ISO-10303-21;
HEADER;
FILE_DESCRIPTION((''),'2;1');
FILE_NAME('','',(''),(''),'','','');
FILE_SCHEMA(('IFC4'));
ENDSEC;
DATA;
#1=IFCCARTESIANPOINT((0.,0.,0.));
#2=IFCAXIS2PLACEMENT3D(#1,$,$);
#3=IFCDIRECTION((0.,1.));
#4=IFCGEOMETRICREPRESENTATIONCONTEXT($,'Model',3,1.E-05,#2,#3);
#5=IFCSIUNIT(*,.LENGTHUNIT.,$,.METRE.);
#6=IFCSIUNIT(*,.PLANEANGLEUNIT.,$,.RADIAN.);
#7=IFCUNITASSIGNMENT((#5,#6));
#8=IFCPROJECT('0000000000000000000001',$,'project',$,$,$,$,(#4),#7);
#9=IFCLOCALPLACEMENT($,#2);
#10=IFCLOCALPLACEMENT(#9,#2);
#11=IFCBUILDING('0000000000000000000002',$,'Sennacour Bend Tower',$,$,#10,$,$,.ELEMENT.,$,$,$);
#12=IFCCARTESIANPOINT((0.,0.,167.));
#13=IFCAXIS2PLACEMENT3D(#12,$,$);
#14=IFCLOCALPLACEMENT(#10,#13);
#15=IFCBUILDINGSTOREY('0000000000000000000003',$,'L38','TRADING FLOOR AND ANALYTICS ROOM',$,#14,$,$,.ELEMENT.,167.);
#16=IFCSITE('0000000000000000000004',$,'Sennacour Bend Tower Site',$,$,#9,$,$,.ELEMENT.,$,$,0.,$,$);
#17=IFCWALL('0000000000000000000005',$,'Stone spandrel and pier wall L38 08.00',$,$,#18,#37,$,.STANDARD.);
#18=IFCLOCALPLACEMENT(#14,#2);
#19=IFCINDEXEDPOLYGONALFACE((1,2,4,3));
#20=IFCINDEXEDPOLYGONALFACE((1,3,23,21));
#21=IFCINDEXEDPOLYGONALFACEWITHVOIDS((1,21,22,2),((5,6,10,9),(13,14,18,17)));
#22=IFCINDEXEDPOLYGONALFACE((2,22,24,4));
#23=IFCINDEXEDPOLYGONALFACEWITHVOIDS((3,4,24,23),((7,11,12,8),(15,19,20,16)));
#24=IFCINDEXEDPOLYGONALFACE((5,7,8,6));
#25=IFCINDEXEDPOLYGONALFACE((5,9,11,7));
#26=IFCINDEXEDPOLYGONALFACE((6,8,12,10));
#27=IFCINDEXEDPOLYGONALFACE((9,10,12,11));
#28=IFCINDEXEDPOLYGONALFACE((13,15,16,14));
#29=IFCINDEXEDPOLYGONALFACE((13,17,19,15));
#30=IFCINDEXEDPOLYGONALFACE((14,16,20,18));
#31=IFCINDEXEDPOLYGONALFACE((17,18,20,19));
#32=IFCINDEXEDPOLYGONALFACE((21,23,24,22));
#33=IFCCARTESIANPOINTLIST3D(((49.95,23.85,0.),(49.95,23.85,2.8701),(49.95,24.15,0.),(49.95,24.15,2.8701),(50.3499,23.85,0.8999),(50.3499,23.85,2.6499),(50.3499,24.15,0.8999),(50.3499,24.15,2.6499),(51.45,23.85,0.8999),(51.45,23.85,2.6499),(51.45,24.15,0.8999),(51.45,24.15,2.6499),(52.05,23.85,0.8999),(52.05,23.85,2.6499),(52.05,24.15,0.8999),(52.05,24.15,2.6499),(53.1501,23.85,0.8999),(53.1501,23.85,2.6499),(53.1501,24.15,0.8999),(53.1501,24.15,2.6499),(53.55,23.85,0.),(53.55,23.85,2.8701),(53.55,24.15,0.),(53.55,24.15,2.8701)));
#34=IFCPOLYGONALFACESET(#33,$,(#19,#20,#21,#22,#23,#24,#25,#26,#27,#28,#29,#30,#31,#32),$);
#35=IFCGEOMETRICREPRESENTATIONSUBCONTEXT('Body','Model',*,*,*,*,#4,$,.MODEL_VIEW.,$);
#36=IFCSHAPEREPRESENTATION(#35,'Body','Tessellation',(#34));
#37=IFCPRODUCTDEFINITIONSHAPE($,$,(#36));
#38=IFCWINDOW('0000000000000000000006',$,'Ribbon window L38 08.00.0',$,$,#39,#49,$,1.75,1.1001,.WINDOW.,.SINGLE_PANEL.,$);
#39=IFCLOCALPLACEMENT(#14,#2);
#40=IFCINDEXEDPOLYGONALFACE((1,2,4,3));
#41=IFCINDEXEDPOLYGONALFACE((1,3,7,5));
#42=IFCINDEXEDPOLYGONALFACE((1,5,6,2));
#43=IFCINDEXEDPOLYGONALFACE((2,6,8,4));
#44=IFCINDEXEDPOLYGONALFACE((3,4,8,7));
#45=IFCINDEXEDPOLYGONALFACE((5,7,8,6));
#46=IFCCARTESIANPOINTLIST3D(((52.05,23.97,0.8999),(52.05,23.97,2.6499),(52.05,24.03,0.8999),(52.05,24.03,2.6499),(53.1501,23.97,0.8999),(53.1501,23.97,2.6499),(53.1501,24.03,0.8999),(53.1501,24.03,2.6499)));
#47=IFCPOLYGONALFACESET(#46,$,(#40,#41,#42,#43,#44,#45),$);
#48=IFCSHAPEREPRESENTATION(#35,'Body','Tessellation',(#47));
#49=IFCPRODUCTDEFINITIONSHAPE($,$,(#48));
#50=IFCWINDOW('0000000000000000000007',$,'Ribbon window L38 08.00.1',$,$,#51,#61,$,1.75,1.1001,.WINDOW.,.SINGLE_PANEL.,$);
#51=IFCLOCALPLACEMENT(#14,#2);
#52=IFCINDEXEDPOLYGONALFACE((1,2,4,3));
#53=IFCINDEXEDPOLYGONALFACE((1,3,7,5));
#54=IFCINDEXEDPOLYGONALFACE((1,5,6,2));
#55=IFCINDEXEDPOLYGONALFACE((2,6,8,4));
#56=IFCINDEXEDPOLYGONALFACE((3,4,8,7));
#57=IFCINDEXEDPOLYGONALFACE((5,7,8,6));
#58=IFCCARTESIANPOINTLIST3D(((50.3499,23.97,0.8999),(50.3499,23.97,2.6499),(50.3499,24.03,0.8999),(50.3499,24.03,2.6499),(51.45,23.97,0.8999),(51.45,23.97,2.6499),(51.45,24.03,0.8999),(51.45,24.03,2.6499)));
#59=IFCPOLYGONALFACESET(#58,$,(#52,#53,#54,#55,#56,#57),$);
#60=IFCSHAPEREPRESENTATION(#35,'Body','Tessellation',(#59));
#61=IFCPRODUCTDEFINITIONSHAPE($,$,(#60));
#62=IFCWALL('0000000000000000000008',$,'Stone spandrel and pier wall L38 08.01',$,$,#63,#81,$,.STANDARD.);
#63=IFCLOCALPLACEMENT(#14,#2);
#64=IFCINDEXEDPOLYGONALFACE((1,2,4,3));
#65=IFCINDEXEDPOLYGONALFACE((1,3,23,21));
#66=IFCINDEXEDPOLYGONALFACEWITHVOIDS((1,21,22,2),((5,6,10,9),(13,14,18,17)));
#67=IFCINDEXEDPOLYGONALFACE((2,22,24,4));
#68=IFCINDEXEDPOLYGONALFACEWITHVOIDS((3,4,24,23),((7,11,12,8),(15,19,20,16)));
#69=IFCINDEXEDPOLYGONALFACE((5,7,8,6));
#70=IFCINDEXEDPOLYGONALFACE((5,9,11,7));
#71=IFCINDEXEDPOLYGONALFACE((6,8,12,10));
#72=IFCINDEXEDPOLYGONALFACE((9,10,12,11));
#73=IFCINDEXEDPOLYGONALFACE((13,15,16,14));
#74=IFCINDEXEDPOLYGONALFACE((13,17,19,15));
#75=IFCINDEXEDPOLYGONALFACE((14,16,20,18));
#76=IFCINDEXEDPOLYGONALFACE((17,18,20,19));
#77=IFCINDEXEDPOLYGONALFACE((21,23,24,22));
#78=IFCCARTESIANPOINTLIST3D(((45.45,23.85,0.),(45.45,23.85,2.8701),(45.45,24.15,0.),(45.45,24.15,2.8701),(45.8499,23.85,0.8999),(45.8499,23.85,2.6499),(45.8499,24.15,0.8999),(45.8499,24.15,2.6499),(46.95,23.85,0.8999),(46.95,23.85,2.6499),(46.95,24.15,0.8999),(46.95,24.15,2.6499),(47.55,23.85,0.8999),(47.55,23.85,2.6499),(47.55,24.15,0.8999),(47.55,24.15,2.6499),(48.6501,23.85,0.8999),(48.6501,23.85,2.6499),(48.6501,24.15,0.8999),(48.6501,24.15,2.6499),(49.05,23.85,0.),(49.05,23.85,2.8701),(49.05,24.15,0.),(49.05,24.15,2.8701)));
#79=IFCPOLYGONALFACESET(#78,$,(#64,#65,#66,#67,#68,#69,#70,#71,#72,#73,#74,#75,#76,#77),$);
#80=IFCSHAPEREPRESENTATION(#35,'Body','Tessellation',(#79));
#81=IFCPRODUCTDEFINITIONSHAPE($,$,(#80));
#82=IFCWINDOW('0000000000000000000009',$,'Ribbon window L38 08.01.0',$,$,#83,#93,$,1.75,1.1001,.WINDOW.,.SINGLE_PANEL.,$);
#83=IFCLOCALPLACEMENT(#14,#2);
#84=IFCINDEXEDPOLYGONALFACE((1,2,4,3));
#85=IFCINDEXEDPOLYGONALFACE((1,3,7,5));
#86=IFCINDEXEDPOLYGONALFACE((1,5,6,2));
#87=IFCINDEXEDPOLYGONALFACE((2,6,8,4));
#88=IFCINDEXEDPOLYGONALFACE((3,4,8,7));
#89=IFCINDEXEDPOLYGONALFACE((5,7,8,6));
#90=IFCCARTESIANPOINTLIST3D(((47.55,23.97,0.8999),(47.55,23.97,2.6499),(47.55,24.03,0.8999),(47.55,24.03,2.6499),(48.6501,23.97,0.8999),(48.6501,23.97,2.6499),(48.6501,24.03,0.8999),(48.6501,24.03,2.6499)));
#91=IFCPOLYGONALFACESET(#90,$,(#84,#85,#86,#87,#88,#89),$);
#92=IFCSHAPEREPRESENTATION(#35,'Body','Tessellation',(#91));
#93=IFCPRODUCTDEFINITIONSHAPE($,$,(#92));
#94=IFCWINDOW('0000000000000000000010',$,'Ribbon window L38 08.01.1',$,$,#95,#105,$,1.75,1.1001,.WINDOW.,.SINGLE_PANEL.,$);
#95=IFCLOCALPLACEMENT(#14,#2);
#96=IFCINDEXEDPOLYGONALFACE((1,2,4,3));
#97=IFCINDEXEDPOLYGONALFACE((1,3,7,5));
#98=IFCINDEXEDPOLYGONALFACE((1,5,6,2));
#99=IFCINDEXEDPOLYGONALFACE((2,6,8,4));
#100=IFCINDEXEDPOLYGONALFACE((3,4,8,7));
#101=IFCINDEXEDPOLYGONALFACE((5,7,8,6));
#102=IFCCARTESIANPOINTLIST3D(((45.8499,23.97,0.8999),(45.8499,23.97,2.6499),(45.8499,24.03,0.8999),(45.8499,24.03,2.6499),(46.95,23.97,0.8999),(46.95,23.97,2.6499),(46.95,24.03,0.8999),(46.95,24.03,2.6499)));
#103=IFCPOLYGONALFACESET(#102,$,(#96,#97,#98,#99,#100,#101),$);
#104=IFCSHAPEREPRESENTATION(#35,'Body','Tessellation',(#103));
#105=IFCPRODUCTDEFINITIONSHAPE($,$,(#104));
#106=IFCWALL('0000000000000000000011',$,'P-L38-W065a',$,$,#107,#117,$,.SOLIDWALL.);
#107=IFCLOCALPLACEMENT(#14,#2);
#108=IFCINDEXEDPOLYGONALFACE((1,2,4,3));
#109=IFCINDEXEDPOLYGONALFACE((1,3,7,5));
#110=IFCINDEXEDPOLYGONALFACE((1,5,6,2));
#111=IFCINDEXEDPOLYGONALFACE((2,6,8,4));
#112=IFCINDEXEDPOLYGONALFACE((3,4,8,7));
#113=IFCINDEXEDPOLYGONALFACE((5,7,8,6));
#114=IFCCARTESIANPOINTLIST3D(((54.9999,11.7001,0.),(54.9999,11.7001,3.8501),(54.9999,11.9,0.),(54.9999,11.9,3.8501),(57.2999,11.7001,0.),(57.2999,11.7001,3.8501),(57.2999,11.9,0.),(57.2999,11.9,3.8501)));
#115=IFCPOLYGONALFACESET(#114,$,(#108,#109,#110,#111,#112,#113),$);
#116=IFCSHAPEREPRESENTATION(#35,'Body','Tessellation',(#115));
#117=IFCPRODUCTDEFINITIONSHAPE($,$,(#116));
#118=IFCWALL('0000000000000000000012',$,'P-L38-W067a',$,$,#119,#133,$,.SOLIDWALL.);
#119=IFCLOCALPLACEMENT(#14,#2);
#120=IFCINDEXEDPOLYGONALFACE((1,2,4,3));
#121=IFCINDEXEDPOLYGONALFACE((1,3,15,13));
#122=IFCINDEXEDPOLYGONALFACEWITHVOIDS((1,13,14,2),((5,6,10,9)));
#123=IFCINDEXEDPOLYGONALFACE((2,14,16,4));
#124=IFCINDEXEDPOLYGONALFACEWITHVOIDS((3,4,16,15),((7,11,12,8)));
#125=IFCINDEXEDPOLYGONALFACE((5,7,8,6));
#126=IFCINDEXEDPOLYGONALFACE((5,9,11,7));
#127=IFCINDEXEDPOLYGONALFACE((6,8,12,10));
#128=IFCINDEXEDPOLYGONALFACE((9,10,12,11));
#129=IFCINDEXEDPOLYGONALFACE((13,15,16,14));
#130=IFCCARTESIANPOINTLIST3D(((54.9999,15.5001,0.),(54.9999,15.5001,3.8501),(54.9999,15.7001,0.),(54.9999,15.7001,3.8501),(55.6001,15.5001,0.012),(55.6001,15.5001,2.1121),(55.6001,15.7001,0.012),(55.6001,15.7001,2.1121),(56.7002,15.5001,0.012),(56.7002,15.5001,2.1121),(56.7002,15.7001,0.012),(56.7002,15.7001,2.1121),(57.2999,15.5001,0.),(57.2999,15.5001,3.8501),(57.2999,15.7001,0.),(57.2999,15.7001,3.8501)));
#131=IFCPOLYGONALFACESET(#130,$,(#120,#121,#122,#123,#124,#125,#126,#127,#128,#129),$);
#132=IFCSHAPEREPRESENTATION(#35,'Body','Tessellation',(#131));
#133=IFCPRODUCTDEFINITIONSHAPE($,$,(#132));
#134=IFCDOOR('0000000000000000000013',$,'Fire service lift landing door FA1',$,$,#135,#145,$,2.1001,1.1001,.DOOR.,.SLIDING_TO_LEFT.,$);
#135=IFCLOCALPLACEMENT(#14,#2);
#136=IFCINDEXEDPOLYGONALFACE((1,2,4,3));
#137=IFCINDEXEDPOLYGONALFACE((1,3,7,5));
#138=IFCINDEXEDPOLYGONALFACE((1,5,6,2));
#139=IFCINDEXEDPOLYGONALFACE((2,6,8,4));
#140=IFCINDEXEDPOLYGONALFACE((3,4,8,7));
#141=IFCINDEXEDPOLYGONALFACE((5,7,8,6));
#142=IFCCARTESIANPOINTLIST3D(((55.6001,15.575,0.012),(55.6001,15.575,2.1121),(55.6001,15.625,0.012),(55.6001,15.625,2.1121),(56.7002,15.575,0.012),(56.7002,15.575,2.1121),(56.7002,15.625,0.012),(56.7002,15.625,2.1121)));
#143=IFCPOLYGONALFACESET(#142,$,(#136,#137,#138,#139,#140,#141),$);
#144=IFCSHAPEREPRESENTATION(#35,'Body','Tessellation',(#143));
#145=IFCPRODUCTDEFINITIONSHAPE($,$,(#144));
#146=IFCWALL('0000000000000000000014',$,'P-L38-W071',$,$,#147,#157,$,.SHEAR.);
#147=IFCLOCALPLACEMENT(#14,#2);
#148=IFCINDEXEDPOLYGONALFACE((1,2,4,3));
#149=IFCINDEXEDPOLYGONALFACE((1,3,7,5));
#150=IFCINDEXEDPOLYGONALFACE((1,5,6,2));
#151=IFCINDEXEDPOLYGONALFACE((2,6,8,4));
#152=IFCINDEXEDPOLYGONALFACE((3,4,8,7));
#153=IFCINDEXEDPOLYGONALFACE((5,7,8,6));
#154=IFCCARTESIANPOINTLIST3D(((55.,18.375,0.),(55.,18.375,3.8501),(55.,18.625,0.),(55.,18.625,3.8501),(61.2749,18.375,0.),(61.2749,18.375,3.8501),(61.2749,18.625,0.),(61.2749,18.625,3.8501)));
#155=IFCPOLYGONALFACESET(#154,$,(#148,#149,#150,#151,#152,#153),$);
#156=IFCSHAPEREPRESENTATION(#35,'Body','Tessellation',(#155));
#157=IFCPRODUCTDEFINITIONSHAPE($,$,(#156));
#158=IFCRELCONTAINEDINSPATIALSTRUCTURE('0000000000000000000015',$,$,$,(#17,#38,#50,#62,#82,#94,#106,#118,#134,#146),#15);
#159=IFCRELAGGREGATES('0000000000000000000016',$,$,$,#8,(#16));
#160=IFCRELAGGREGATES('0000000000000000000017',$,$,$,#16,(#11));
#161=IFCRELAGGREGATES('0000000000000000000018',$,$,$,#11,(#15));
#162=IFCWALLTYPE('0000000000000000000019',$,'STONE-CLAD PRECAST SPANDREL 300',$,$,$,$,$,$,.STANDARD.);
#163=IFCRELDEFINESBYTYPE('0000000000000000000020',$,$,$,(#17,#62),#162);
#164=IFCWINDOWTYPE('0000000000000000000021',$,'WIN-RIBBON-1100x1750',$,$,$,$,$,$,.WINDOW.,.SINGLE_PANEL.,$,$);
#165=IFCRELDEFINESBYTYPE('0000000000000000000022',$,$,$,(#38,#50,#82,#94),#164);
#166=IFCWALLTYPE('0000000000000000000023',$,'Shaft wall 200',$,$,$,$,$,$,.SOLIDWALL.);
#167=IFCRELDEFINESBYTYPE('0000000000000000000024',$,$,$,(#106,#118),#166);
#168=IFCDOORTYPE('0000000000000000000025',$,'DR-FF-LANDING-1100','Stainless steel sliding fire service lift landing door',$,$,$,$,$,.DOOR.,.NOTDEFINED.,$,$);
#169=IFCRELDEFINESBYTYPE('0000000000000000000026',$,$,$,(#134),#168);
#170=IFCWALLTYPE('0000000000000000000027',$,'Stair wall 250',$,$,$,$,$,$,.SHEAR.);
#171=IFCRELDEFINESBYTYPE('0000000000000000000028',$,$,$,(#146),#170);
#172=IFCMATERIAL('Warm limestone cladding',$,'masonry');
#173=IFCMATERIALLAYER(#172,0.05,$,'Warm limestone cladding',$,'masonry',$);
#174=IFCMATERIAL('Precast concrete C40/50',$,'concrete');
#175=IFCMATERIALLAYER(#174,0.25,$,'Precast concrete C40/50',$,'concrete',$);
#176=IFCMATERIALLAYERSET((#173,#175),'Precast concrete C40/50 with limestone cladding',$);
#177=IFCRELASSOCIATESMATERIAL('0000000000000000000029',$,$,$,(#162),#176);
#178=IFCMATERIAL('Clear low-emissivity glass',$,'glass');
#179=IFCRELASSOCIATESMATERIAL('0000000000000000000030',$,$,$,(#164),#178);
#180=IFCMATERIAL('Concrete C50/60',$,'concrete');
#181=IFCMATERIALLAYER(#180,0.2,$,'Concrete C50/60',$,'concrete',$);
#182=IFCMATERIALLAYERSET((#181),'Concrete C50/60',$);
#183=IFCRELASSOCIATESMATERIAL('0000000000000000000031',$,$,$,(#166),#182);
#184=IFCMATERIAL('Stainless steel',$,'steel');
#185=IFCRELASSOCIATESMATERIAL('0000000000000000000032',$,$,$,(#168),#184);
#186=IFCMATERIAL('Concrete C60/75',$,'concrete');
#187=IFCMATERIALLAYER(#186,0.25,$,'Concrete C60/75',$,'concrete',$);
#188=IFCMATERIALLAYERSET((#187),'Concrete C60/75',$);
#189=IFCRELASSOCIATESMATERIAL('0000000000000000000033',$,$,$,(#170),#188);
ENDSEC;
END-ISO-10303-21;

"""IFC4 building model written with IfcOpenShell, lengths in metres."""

from ifc_helpers import new_model, si_unit, direction, frame, frame_2d, origin, place, context, subcontext, project, spatial, rectangle, extrude, material, layer, layer_set, type_object, element, fill, save


model = new_model("IFC4")

# Units and contexts
model_context = context("Model", 3, precision=1e-05, world=origin(), true_north=direction((0.0, 1.0)))
body_context = subcontext(model_context, "Body", "Model", "MODEL_VIEW")
ifc_project = project(units=[si_unit("LENGTHUNIT", "METRE"), si_unit("PLANEANGLEUNIT", "RADIAN")], contexts=[model_context])

# Site, building, storey
site_placement = place(None, origin())
site = spatial("IfcSite", under=ifc_project, at=site_placement, Name="Sennacour Bend Tower Site", CompositionType="ELEMENT", RefElevation=0.0)
building_placement = place(site_placement, origin())
building = spatial("IfcBuilding", under=site, at=building_placement, Name="Sennacour Bend Tower", CompositionType="ELEMENT")
storey_placement = place(building_placement, frame((0.0, 0.0, 167.0)))
storey = spatial("IfcBuildingStorey", under=building, at=storey_placement, Name="L38", Description="TRADING FLOOR AND ANALYTICS ROOM", CompositionType="ELEMENT", Elevation=167.0)

# Shared definitions
ifc_material_1 = material(Name="Concrete C60/75", Category="concrete")

# Shared definitions
ifc_material_2 = material(Name="Warm limestone cladding", Category="masonry")
ifc_layer_1 = layer(ifc_material_2, 0.05, Name="Warm limestone cladding", Category="masonry")
ifc_material_3 = material(Name="Precast concrete C40/50", Category="concrete")
ifc_layer_2 = layer(ifc_material_3, 0.25, Name="Precast concrete C40/50", Category="concrete")
ifc_layer_set_1 = layer_set([ifc_layer_1, ifc_layer_2], Name="Precast concrete C40/50 with limestone cladding")
wall_type_1 = type_object("IfcWallType", Name="STONE-CLAD PRECAST SPANDREL 300", PredefinedType="STANDARD", material=ifc_layer_set_1)

# Walls, openings, windows
wall_1_placement = place(storey_placement, frame((53.55, 24.0, 0.0), z_axis=(0.0, 0.0, 1.0), x_axis=(-1.0, 0.0, 0.0)))
wall_1 = element("IfcWall", 1, at=wall_1_placement, inside=storey, type_object=wall_type_1, Name="Stone spandrel and pier wall L38 08.00", PredefinedType="STANDARD", context=body_context, shape_type="SweptSolid", body=[
    extrude(rectangle(XDim=3.6001, YDim=0.3, at=frame_2d((1.8, 0.0))), origin(), (0.0, 0.0, 1.0), 2.8701),
])
opening_1_placement = place(wall_1_placement, frame((0.3999, 0.0, 0.8999)))
opening_1 = element("IfcOpeningElement", 2, at=opening_1_placement, cuts=wall_1, PredefinedType="OPENING", context=body_context, shape_type="SweptSolid", body=[
    extrude(rectangle(XDim=1.1001, YDim=1.75, at=frame_2d((0.55, 0.875))), frame((0.0, 0.1602, 0.0), z_axis=(0.0, -1.0, 0.0), x_axis=(1.0, 0.0, 0.0)), (0.0, 0.0, 1.0), 0.3201),
])
opening_2_placement = place(wall_1_placement, frame((2.1001, 0.0, 0.8999)))
opening_2 = element("IfcOpeningElement", 3, at=opening_2_placement, cuts=wall_1, PredefinedType="OPENING", context=body_context, shape_type="SweptSolid", body=[
    extrude(rectangle(XDim=1.1001, YDim=1.75, at=frame_2d((0.55, 0.875))), frame((0.0, 0.1602, 0.0), z_axis=(0.0, -1.0, 0.0), x_axis=(1.0, 0.0, 0.0)), (0.0, 0.0, 1.0), 0.3201),
])
ifc_material_4 = material(Name="Clear low-emissivity glass", Category="glass")
window_type = type_object("IfcWindowType", Name="WIN-RIBBON-1100x1750", PartitioningType="SINGLE_PANEL", PredefinedType="WINDOW", material=ifc_material_4)
window_1_placement = place(opening_1_placement, origin())
window_1 = element("IfcWindow", 4, at=window_1_placement, inside=storey, type_object=window_type, Name="Ribbon window L38 08.00.0", OverallHeight=1.75, OverallWidth=1.1001, PartitioningType="SINGLE_PANEL", PredefinedType="WINDOW", context=body_context, shape_type="SweptSolid", body=[
    extrude(rectangle(XDim=1.1001, YDim=1.75, at=frame_2d((0.55, 0.875))), frame((0.0, 0.03, 0.0), z_axis=(0.0, -1.0, 0.0), x_axis=(1.0, 0.0, 0.0)), (0.0, 0.0, 1.0), 0.0601),
])
fill(opening_1, window_1)
window_2_placement = place(opening_2_placement, origin())
window_2 = element("IfcWindow", 5, at=window_2_placement, inside=storey, type_object=window_type, Name="Ribbon window L38 08.00.1", OverallHeight=1.75, OverallWidth=1.1001, PartitioningType="SINGLE_PANEL", PredefinedType="WINDOW", context=body_context, shape_type="SweptSolid", body=[
    extrude(rectangle(XDim=1.1001, YDim=1.75, at=frame_2d((0.55, 0.875))), frame((0.0, 0.03, 0.0), z_axis=(0.0, -1.0, 0.0), x_axis=(1.0, 0.0, 0.0)), (0.0, 0.0, 1.0), 0.0601),
])
fill(opening_2, window_2)
wall_2_placement = place(storey_placement, frame((49.05, 24.0, 0.0), z_axis=(0.0, 0.0, 1.0), x_axis=(-1.0, 0.0, 0.0)))
wall_2 = element("IfcWall", 6, at=wall_2_placement, inside=storey, type_object=wall_type_1, Name="Stone spandrel and pier wall L38 08.01", PredefinedType="STANDARD", context=body_context, shape_type="SweptSolid", body=[
    extrude(rectangle(XDim=3.6001, YDim=0.3, at=frame_2d((1.8, 0.0))), origin(), (0.0, 0.0, 1.0), 2.8701),
])
opening_3_placement = place(wall_2_placement, frame((0.3999, 0.0, 0.8999)))
opening_3 = element("IfcOpeningElement", 7, at=opening_3_placement, cuts=wall_2, PredefinedType="OPENING", context=body_context, shape_type="SweptSolid", body=[
    extrude(rectangle(XDim=1.1001, YDim=1.75, at=frame_2d((0.55, 0.875))), frame((0.0, 0.1602, 0.0), z_axis=(0.0, -1.0, 0.0), x_axis=(1.0, 0.0, 0.0)), (0.0, 0.0, 1.0), 0.3201),
])
opening_4_placement = place(wall_2_placement, frame((2.1001, 0.0, 0.8999)))
opening_4 = element("IfcOpeningElement", 8, at=opening_4_placement, cuts=wall_2, PredefinedType="OPENING", context=body_context, shape_type="SweptSolid", body=[
    extrude(rectangle(XDim=1.1001, YDim=1.75, at=frame_2d((0.55, 0.875))), frame((0.0, 0.1602, 0.0), z_axis=(0.0, -1.0, 0.0), x_axis=(1.0, 0.0, 0.0)), (0.0, 0.0, 1.0), 0.3201),
])
window_3_placement = place(opening_3_placement, origin())
window_3 = element("IfcWindow", 9, at=window_3_placement, inside=storey, type_object=window_type, Name="Ribbon window L38 08.01.0", OverallHeight=1.75, OverallWidth=1.1001, PartitioningType="SINGLE_PANEL", PredefinedType="WINDOW", context=body_context, shape_type="SweptSolid", body=[
    extrude(rectangle(XDim=1.1001, YDim=1.75, at=frame_2d((0.55, 0.875))), frame((0.0, 0.03, 0.0), z_axis=(0.0, -1.0, 0.0), x_axis=(1.0, 0.0, 0.0)), (0.0, 0.0, 1.0), 0.0601),
])
fill(opening_3, window_3)
window_4_placement = place(opening_4_placement, origin())
window_4 = element("IfcWindow", 10, at=window_4_placement, inside=storey, type_object=window_type, Name="Ribbon window L38 08.01.1", OverallHeight=1.75, OverallWidth=1.1001, PartitioningType="SINGLE_PANEL", PredefinedType="WINDOW", context=body_context, shape_type="SweptSolid", body=[
    extrude(rectangle(XDim=1.1001, YDim=1.75, at=frame_2d((0.55, 0.875))), frame((0.0, 0.03, 0.0), z_axis=(0.0, -1.0, 0.0), x_axis=(1.0, 0.0, 0.0)), (0.0, 0.0, 1.0), 0.0601),
])
fill(opening_4, window_4)

# Wall
ifc_material_5 = material(Name="Concrete C50/60", Category="concrete")
ifc_layer_3 = layer(ifc_material_5, 0.2, Name="Concrete C50/60", Category="concrete")
ifc_layer_set_2 = layer_set([ifc_layer_3], Name="Concrete C50/60")
wall_type_2 = type_object("IfcWallType", Name="Shaft wall 200", PredefinedType="SOLIDWALL", material=ifc_layer_set_2)
wall_3_placement = place(storey_placement, frame((55.0, 11.8, 0.0), z_axis=(0.0, 0.0, 1.0), x_axis=(1.0, 0.0, 0.0)))
element("IfcWall", 11, at=wall_3_placement, inside=storey, type_object=wall_type_2, Name="P-L38-W065a", PredefinedType="SOLIDWALL", context=body_context, shape_type="SweptSolid", body=[
    extrude(rectangle(XDim=2.3, YDim=0.2, at=frame_2d((1.1499, 0.0))), origin(), (0.0, 0.0, 1.0), 3.8501),
])

# Wall, opening, door
wall_4_placement = place(storey_placement, frame((55.0, 15.6001, 0.0), z_axis=(0.0, 0.0, 1.0), x_axis=(1.0, 0.0, 0.0)))
wall_4 = element("IfcWall", 12, at=wall_4_placement, inside=storey, type_object=wall_type_2, Name="P-L38-W067a", PredefinedType="SOLIDWALL", context=body_context, shape_type="SweptSolid", body=[
    extrude(rectangle(XDim=2.3, YDim=0.2, at=frame_2d((1.1499, 0.0))), origin(), (0.0, 0.0, 1.0), 3.8501),
])
opening_5_placement = place(wall_4_placement, frame((0.6001, 0.0, 0.012)))
opening_5 = element("IfcOpeningElement", 13, at=opening_5_placement, cuts=wall_4, PredefinedType="OPENING", context=body_context, shape_type="SweptSolid", body=[
    extrude(rectangle(XDim=1.1001, YDim=2.1001, at=frame_2d((0.55, 1.05))), frame((0.0, 0.1099, 0.0), z_axis=(0.0, -1.0, 0.0), x_axis=(1.0, 0.0, 0.0)), (0.0, 0.0, 1.0), 0.22),
])
ifc_material_6 = material(Name="Stainless steel", Category="steel")
door_type_1 = type_object("IfcDoorType", Name="DR-FF-LANDING-1100", Description="Stainless steel sliding fire service lift landing door", OperationType="NOTDEFINED", PredefinedType="DOOR", material=ifc_material_6)
door_1_placement = place(opening_5_placement, origin())
door_1 = element("IfcDoor", 14, at=door_1_placement, inside=storey, type_object=door_type_1, Name="Fire service lift landing door FA1", OperationType="SLIDING_TO_LEFT", OverallHeight=2.1001, OverallWidth=1.1001, PredefinedType="DOOR", context=body_context, shape_type="SweptSolid", body=[
    extrude(rectangle(XDim=1.1001, YDim=2.1001, at=frame_2d((0.55, 1.05))), frame((0.0, 0.0249, 0.0), z_axis=(0.0, -1.0, 0.0), x_axis=(1.0, 0.0, 0.0)), (0.0, 0.0, 1.0), 0.05),
])
fill(opening_5, door_1)

# Wall
ifc_layer_4 = layer(ifc_material_1, 0.25, Name="Concrete C60/75", Category="concrete")
ifc_layer_set_3 = layer_set([ifc_layer_4], Name="Concrete C60/75")
wall_type_3 = type_object("IfcWallType", Name="Stair wall 250", PredefinedType="SHEAR", material=ifc_layer_set_3)
wall_5_placement = place(storey_placement, frame((55.0, 18.5, 0.0), z_axis=(0.0, 0.0, 1.0), x_axis=(1.0, 0.0, 0.0)))
element("IfcWall", 15, at=wall_5_placement, inside=storey, type_object=wall_type_3, Name="P-L38-W071", PredefinedType="SHEAR", context=body_context, shape_type="SweptSolid", body=[
    extrude(rectangle(XDim=6.2749, YDim=0.25, at=frame_2d((3.1375, 0.0))), origin(), (0.0, 0.0, 1.0), 3.8501),
])

save(model, "model.ifc")
